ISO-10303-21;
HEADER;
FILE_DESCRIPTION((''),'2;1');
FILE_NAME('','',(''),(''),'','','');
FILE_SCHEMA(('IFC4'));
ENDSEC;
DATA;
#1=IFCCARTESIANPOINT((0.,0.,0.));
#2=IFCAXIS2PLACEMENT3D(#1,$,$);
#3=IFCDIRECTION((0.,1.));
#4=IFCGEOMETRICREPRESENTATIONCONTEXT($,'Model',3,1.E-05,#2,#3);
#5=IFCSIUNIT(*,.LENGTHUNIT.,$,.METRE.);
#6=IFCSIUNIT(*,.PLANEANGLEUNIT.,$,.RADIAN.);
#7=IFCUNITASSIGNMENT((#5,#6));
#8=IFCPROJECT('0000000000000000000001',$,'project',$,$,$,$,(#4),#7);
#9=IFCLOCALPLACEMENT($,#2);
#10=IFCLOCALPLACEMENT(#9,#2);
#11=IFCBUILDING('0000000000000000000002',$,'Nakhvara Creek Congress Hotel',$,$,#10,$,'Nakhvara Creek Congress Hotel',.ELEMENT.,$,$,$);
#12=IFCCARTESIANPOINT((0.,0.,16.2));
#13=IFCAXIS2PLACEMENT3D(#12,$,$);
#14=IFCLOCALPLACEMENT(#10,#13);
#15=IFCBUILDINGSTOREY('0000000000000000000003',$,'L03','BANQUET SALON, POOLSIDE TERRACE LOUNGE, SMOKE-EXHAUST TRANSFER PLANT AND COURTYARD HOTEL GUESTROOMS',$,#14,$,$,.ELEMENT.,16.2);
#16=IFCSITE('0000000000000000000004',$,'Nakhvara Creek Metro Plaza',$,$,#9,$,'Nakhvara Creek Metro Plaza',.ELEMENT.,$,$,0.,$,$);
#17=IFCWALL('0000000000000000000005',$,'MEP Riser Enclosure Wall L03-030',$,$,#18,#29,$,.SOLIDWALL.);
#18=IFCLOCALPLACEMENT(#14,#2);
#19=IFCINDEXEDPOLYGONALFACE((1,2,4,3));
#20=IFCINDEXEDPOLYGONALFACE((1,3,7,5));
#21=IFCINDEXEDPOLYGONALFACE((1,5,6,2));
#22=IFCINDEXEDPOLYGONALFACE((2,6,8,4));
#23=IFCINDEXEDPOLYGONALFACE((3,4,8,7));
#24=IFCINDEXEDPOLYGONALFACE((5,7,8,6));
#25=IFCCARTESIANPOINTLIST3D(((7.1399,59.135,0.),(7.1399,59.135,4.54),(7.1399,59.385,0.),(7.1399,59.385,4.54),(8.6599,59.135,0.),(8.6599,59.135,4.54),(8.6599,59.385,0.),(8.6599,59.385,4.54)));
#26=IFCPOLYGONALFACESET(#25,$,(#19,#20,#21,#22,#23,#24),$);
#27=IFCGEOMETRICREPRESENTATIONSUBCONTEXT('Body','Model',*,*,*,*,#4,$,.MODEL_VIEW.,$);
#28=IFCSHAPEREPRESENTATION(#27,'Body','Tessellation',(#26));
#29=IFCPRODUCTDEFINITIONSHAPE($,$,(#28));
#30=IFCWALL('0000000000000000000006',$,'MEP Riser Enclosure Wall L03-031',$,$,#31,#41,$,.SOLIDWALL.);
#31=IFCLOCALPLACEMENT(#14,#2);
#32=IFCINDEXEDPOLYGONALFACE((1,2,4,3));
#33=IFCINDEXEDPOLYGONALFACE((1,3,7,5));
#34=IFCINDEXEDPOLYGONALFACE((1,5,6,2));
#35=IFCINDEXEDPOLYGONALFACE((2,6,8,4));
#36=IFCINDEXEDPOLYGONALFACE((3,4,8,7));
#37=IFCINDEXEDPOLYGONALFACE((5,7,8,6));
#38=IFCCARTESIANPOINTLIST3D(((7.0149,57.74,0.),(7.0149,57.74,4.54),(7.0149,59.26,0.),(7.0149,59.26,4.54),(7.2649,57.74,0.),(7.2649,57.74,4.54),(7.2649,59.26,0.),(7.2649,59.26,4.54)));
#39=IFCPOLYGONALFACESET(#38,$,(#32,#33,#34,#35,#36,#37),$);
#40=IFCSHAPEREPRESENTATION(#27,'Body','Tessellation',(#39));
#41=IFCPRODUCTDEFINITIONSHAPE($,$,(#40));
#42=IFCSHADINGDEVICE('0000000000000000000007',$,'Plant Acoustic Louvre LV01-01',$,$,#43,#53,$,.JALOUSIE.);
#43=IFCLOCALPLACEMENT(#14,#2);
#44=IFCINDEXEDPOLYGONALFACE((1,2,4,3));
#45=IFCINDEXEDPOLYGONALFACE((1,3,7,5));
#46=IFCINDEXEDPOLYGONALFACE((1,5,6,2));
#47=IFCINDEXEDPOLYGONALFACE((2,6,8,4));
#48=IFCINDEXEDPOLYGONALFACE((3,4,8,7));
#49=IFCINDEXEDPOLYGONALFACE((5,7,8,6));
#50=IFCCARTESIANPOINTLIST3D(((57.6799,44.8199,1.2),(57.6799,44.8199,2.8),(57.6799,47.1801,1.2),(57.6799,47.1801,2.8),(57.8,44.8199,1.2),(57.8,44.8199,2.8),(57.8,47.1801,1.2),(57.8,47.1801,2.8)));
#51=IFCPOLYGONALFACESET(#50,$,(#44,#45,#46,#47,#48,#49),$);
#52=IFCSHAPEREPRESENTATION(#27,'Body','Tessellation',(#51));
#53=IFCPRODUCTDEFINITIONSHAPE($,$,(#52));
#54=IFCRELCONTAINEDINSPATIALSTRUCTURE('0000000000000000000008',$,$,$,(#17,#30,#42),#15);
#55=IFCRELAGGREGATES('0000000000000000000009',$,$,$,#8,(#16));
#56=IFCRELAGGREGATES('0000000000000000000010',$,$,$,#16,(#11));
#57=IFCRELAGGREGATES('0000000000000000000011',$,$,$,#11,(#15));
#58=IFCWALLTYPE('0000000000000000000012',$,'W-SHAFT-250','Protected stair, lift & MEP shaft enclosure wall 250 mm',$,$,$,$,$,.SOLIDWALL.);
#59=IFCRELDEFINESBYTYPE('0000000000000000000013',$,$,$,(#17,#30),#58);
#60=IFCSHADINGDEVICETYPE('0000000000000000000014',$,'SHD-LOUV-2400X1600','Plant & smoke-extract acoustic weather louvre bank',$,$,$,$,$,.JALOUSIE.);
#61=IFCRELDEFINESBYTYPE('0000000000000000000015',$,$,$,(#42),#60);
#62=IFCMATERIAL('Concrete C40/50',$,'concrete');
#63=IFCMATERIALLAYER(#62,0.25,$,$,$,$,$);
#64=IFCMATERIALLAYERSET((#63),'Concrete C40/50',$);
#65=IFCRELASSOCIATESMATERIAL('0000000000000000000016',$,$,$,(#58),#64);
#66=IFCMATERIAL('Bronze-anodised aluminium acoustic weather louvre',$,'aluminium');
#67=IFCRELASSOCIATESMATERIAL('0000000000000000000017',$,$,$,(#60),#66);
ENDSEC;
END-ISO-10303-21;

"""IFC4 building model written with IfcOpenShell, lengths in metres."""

from ifc_helpers import new_model, si_unit, direction, frame, frame_2d, origin, origin_2d, place, context, subcontext, project, spatial, rectangle, extrude, material, layer, layer_set, type_object, element, save


model = new_model("IFC4")

# Units and contexts
model_context = context("Model", 3, precision=1e-05, world=origin(), true_north=direction((0.0, 1.0)))
body_context = subcontext(model_context, "Body", "Model", "MODEL_VIEW")
ifc_project = project(units=[si_unit("LENGTHUNIT", "METRE"), si_unit("PLANEANGLEUNIT", "RADIAN")], contexts=[model_context])

# Site, building, storey
site_placement = place(None, origin())
site = spatial("IfcSite", under=ifc_project, at=site_placement, Name="Nakhvara Creek Metro Plaza", LongName="Nakhvara Creek Metro Plaza", CompositionType="ELEMENT", RefElevation=0.0)
building_placement = place(site_placement, origin())
building = spatial("IfcBuilding", under=site, at=building_placement, Name="Nakhvara Creek Congress Hotel", LongName="Nakhvara Creek Congress Hotel", CompositionType="ELEMENT")
storey_placement = place(building_placement, frame((0.0, 0.0, 16.2)))
storey = spatial("IfcBuildingStorey", under=building, at=storey_placement, Name="L03", Description="BANQUET SALON, POOLSIDE TERRACE LOUNGE, SMOKE-EXHAUST TRANSFER PLANT AND COURTYARD HOTEL GUESTROOMS", CompositionType="ELEMENT", Elevation=16.2)

# Walls
ifc_material_1 = material(Name="Concrete C40/50", Category="concrete")
ifc_layer = layer(ifc_material_1, 0.25)
ifc_layer_set = layer_set([ifc_layer], Name="Concrete C40/50")
wall_type = type_object("IfcWallType", Name="W-SHAFT-250", Description="Protected stair, lift & MEP shaft enclosure wall 250 mm", PredefinedType="SOLIDWALL", material=ifc_layer_set)
for number, where, z_axis, x_axis, name in (
    (1, (8.6599, 59.26, 0.0), (0.0, 0.0, 1.0), (-1.0, 0.0, 0.0), "MEP Riser Enclosure Wall L03-030"),
    (2, (7.1399, 59.26, 0.0), (0.0, 0.0, 1.0), (0.0, -1.0, 0.0), "MEP Riser Enclosure Wall L03-031"),
):
    element("IfcWall", number, at=place(storey_placement, frame(where, z_axis=z_axis, x_axis=x_axis)), inside=storey, type_object=wall_type, Name=name, PredefinedType="SOLIDWALL", context=body_context, shape_type="SweptSolid", body=[
        extrude(rectangle(XDim=1.52, YDim=0.25, at=frame_2d((0.76, 0.0))), origin(), (0.0, 0.0, 1.0), 4.54),
    ])

# Shading device
ifc_material_2 = material(Name="Bronze-anodised aluminium acoustic weather louvre", Category="aluminium")
shading_device_type = type_object("IfcShadingDeviceType", Name="SHD-LOUV-2400X1600", Description="Plant & smoke-extract acoustic weather louvre bank", PredefinedType="JALOUSIE", material=ifc_material_2)
shading_device_placement = place(storey_placement, frame((57.74, 46.0, 1.2), z_axis=(0.0, 0.0, 1.0), x_axis=(0.0, 1.0, 0.0)))
element("IfcShadingDevice", 3, at=shading_device_placement, inside=storey, type_object=shading_device_type, Name="Plant Acoustic Louvre LV01-01", PredefinedType="JALOUSIE", context=body_context, shape_type="SweptSolid", body=[
    extrude(rectangle(XDim=2.3601, YDim=0.1201, at=origin_2d()), origin(), (0.0, 0.0, 1.0), 1.6001),
])

save(model, "model.ifc")
